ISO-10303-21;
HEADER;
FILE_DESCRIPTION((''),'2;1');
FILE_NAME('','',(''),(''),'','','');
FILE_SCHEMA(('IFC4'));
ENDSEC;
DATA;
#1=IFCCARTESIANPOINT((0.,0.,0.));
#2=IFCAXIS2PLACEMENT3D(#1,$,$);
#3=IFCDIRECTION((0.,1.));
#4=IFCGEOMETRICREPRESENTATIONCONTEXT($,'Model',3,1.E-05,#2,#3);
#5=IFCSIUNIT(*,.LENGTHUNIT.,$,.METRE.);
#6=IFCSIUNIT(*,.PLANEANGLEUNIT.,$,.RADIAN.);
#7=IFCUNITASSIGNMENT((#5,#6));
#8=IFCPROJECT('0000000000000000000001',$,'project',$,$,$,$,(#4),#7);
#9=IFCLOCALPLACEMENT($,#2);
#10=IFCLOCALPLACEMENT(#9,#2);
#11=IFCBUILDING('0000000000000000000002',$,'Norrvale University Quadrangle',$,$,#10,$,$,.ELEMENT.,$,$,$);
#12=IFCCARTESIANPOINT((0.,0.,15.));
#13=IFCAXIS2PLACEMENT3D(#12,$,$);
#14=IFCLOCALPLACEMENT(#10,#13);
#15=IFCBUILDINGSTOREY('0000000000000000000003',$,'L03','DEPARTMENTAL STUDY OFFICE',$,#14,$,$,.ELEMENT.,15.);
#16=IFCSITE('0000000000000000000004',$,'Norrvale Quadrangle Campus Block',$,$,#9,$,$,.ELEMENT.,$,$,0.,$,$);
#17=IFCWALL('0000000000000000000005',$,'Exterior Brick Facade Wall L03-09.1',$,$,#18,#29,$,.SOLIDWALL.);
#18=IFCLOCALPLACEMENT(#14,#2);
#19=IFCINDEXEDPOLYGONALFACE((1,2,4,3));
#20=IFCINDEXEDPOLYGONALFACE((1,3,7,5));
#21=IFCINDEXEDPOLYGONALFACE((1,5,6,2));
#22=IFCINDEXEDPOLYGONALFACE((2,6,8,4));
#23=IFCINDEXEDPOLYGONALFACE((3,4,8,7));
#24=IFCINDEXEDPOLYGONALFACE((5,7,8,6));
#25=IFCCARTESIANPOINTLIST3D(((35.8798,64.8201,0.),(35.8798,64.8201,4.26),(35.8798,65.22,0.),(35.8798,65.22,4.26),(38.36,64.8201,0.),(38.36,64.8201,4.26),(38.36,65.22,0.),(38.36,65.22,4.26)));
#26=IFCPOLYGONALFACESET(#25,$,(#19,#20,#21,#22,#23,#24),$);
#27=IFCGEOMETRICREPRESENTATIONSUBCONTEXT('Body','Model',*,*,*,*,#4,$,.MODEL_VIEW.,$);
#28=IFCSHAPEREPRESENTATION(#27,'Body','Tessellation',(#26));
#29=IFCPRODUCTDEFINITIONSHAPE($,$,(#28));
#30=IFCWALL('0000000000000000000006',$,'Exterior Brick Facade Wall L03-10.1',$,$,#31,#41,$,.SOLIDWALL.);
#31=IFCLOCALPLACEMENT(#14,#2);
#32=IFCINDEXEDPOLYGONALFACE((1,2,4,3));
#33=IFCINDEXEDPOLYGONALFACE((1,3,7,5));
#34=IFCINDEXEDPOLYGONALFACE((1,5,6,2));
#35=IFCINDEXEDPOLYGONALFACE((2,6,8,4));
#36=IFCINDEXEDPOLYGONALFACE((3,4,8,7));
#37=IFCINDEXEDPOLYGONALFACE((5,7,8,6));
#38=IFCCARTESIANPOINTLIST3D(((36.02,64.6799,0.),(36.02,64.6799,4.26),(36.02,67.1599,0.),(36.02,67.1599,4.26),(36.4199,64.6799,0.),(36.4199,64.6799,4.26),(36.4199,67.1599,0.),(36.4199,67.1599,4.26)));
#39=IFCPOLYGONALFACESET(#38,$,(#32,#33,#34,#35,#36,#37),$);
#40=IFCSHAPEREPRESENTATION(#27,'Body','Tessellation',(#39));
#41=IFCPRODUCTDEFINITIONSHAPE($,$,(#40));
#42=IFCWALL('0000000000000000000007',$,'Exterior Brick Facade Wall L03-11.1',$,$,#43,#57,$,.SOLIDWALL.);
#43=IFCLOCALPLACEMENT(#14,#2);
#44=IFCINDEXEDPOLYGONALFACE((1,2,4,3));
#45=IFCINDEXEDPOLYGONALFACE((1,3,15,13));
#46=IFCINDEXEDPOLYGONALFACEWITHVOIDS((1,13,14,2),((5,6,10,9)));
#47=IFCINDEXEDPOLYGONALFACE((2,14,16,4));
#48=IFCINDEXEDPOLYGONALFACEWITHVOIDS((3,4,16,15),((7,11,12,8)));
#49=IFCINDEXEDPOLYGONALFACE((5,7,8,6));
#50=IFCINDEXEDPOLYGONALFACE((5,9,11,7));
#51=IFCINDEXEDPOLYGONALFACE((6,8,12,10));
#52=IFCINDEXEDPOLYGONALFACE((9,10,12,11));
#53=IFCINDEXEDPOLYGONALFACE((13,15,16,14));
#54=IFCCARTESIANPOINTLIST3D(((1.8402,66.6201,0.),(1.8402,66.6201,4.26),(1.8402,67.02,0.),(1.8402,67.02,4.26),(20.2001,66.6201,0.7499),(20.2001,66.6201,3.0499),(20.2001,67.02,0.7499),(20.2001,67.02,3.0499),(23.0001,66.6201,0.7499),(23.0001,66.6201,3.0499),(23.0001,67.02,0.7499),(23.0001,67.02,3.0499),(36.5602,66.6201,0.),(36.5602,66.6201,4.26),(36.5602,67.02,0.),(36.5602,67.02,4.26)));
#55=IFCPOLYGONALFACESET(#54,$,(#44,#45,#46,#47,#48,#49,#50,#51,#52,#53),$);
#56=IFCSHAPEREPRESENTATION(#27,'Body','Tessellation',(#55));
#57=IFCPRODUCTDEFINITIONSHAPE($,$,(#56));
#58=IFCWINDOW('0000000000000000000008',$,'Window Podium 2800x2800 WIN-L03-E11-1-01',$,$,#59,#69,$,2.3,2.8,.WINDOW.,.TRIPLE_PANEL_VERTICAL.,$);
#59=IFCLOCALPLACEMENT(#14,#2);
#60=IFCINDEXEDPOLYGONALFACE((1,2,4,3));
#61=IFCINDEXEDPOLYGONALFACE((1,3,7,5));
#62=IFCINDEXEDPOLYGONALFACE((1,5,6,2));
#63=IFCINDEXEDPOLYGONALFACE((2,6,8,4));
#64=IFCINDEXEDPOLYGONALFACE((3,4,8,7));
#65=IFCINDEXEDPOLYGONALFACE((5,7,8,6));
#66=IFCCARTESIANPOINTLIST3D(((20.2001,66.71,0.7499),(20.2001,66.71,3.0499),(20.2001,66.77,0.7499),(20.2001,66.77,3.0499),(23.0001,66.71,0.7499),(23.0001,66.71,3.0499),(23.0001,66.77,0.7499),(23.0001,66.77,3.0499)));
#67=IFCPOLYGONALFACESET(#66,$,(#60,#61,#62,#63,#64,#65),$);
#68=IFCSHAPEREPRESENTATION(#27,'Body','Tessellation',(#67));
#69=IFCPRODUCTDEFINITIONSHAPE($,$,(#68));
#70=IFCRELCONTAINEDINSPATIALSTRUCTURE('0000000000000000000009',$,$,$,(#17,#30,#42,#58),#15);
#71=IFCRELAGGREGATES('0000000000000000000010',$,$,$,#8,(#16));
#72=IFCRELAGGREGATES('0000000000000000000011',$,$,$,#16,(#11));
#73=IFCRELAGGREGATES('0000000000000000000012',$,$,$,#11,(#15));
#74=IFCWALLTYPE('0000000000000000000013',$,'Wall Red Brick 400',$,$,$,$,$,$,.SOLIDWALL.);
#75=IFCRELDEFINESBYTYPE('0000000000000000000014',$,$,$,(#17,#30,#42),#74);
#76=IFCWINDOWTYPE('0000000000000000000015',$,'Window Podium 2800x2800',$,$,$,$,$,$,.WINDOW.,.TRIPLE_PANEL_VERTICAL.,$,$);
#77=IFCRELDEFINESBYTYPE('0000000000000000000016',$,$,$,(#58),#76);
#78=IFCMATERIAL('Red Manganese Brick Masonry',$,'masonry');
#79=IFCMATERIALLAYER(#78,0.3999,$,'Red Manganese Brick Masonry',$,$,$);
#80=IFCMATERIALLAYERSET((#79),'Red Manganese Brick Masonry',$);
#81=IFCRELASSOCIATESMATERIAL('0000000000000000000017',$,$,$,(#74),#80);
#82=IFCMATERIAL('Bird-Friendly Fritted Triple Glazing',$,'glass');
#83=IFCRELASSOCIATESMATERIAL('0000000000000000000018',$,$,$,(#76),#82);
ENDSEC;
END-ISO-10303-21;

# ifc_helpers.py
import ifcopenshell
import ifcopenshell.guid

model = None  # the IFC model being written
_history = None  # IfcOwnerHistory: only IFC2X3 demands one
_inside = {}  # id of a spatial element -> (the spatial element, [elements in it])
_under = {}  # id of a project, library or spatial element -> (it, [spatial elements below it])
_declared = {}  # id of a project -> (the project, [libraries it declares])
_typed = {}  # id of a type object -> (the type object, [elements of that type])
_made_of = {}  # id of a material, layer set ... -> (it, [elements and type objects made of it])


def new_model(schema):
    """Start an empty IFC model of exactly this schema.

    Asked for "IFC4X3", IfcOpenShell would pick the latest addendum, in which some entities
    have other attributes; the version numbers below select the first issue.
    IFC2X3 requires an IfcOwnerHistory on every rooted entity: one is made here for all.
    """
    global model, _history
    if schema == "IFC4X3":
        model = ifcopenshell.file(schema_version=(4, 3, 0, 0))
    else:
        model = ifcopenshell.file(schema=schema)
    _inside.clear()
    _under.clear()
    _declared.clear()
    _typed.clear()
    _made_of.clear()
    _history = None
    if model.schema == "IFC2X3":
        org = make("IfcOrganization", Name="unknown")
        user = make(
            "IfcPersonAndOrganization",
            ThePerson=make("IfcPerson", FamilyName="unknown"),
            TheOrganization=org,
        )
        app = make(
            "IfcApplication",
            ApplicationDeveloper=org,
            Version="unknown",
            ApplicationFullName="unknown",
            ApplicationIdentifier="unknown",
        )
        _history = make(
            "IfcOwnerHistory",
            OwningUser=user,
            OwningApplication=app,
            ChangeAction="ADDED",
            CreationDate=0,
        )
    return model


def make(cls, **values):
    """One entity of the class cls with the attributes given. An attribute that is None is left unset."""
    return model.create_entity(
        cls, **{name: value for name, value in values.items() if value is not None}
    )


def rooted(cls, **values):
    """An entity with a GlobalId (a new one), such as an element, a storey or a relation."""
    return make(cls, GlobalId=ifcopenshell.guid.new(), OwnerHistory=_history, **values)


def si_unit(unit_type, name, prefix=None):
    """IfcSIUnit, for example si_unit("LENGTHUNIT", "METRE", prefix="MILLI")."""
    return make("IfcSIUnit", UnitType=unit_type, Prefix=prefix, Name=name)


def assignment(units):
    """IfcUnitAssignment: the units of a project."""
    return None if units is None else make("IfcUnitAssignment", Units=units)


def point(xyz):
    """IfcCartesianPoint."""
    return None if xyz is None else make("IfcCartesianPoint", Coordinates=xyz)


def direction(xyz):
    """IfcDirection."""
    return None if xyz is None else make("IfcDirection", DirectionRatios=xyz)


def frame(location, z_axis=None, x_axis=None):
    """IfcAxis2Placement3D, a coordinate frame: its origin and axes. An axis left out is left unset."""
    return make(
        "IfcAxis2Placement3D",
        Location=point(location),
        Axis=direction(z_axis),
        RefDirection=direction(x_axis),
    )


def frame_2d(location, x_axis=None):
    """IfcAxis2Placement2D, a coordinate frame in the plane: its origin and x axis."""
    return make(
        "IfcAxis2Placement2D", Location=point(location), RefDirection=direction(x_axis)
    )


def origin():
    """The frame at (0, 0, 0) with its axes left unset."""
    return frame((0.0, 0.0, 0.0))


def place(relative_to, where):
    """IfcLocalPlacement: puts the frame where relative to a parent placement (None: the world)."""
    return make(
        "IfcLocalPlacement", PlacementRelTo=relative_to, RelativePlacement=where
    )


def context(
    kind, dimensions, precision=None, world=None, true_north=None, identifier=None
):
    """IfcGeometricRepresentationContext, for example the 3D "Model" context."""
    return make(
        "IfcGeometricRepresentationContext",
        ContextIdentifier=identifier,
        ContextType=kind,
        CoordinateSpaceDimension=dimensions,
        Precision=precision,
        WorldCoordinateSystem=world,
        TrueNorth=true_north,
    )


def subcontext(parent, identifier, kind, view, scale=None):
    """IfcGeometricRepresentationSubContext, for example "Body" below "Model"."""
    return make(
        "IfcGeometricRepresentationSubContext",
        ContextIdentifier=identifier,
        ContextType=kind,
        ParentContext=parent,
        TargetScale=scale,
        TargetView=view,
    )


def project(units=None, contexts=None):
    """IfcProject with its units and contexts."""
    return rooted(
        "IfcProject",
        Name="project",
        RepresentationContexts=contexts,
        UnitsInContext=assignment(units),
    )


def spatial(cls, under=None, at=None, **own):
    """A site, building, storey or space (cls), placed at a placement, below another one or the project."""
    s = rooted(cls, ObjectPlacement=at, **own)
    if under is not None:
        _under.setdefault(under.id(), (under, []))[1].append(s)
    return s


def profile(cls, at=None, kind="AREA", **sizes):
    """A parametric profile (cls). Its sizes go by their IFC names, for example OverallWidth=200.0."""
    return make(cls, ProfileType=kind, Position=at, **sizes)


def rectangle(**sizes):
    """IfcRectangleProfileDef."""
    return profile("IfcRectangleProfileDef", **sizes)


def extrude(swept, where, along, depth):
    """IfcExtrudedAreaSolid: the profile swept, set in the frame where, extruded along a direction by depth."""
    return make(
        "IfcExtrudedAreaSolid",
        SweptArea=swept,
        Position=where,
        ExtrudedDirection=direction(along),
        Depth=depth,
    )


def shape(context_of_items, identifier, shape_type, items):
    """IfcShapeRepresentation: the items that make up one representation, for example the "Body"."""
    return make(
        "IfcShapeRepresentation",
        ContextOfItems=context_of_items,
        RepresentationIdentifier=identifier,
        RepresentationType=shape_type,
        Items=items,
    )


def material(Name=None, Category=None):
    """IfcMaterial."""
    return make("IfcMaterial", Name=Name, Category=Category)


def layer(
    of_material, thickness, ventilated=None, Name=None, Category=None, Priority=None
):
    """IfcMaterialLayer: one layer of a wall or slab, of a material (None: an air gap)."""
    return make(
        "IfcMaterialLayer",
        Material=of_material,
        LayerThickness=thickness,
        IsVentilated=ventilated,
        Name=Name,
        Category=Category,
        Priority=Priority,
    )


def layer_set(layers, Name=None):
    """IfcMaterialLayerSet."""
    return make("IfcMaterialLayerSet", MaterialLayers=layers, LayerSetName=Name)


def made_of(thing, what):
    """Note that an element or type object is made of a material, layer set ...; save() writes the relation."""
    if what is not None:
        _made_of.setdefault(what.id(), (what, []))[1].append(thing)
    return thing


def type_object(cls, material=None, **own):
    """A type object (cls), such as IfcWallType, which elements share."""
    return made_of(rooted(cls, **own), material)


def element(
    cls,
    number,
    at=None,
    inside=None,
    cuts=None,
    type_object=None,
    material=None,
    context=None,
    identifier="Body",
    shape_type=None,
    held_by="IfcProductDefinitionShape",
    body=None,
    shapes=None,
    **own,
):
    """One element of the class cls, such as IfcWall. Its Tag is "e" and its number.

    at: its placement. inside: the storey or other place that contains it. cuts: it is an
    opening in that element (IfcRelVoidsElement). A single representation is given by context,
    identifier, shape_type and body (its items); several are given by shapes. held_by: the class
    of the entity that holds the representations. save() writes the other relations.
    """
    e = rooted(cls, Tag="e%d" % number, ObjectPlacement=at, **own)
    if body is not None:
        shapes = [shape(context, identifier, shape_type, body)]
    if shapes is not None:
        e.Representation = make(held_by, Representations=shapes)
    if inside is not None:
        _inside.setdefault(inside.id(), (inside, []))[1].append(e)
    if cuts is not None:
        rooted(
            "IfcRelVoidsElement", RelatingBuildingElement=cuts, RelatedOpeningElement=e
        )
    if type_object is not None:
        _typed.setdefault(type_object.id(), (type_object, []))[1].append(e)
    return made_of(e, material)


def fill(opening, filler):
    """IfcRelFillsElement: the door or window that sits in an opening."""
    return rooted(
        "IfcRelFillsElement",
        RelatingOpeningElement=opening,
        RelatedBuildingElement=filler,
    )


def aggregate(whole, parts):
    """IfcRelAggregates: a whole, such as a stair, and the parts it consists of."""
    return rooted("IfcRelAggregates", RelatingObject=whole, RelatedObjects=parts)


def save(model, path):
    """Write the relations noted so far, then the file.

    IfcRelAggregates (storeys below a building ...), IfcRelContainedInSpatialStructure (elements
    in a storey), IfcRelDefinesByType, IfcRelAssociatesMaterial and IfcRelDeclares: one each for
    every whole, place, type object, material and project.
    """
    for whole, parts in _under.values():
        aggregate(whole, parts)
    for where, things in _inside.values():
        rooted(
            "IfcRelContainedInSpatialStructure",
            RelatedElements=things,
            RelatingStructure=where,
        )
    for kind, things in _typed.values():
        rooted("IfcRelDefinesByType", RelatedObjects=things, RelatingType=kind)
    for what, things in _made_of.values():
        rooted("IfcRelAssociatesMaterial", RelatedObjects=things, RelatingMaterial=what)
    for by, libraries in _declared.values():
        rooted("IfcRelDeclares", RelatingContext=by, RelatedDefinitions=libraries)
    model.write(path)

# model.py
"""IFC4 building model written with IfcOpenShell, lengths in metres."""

from ifc_helpers import new_model, si_unit, direction, frame, frame_2d, origin, place, context, subcontext, project, spatial, rectangle, extrude, material, layer, layer_set, type_object, element, fill, save


model = new_model("IFC4")

# Units and contexts
model_context = context("Model", 3, precision=1e-05, world=origin(), true_north=direction((0.0, 1.0)))
body_context = subcontext(model_context, "Body", "Model", "MODEL_VIEW")
ifc_project = project(units=[si_unit("LENGTHUNIT", "METRE"), si_unit("PLANEANGLEUNIT", "RADIAN")], contexts=[model_context])

# Site, building, storey
site_placement = place(None, origin())
site = spatial("IfcSite", under=ifc_project, at=site_placement, Name="Norrvale Quadrangle Campus Block", CompositionType="ELEMENT", RefElevation=0.0)
building_placement = place(site_placement, origin())
building = spatial("IfcBuilding", under=site, at=building_placement, Name="Norrvale University Quadrangle", CompositionType="ELEMENT")
storey_placement = place(building_placement, frame((0.0, 0.0, 15.0)))
storey = spatial("IfcBuildingStorey", under=building, at=storey_placement, Name="L03", Description="DEPARTMENTAL STUDY OFFICE", CompositionType="ELEMENT", Elevation=15.0)

# Walls
ifc_material_1 = material(Name="Red Manganese Brick Masonry", Category="masonry")
ifc_layer = layer(ifc_material_1, 0.3999, Name="Red Manganese Brick Masonry")
ifc_layer_set = layer_set([ifc_layer], Name="Red Manganese Brick Masonry")
wall_type = type_object("IfcWallType", Name="Wall Red Brick 400", PredefinedType="SOLIDWALL", material=ifc_layer_set)
wall_1_placement = place(storey_placement, frame((38.3601, 65.02, 0.0), z_axis=(0.0, 0.0, 1.0), x_axis=(-1.0, 0.0, 0.0)))
element("IfcWall", 1, at=wall_1_placement, inside=storey, type_object=wall_type, Name="Exterior Brick Facade Wall L03-09.1", PredefinedType="SOLIDWALL", context=body_context, shape_type="SweptSolid", body=[
    extrude(rectangle(XDim=2.4802, YDim=0.3999, at=frame_2d((1.2402, 0.0))), origin(), (0.0, 0.0, 1.0), 4.26),
])
wall_2_placement = place(storey_placement, frame((36.22, 64.6799, 0.0), z_axis=(0.0, 0.0, 1.0), x_axis=(0.0, 1.0, 0.0)))
element("IfcWall", 2, at=wall_2_placement, inside=storey, type_object=wall_type, Name="Exterior Brick Facade Wall L03-10.1", PredefinedType="SOLIDWALL", context=body_context, shape_type="SweptSolid", body=[
    extrude(rectangle(XDim=2.48, YDim=0.3999, at=frame_2d((1.24, 0.0))), origin(), (0.0, 0.0, 1.0), 4.26),
])

# Wall, opening, window
wall_3_placement = place(storey_placement, frame((36.5601, 66.8201, 0.0), z_axis=(0.0, 0.0, 1.0), x_axis=(-1.0, 0.0, 0.0)))
wall_3 = element("IfcWall", 3, at=wall_3_placement, inside=storey, type_object=wall_type, Name="Exterior Brick Facade Wall L03-11.1", PredefinedType="SOLIDWALL", context=body_context, shape_type="SweptSolid", body=[
    extrude(rectangle(XDim=34.72, YDim=0.3999, at=frame_2d((17.3599, 0.0))), origin(), (0.0, 0.0, 1.0), 4.26),
])
opening_placement = place(wall_3_placement, frame((13.5601, 0.0, 0.75)))
opening = element("IfcOpeningElement", 4, at=opening_placement, cuts=wall_3, PredefinedType="OPENING", context=body_context, shape_type="SweptSolid", body=[
    extrude(rectangle(XDim=2.8, YDim=2.3, at=frame_2d((1.3999, 1.1499))), frame((0.0, 0.2119, 0.0), z_axis=(0.0, -1.0, 0.0), x_axis=(1.0, 0.0, 0.0)), (0.0, 0.0, 1.0), 0.4238),
])
ifc_material_2 = material(Name="Bird-Friendly Fritted Triple Glazing", Category="glass")
window_type = type_object("IfcWindowType", Name="Window Podium 2800x2800", PartitioningType="TRIPLE_PANEL_VERTICAL", PredefinedType="WINDOW", material=ifc_material_2)
window_placement = place(opening_placement, origin())
window = element("IfcWindow", 5, at=window_placement, inside=storey, type_object=window_type, Name="Window Podium 2800x2800 WIN-L03-E11-1-01", OverallHeight=2.3, OverallWidth=2.8, PartitioningType="TRIPLE_PANEL_VERTICAL", PredefinedType="WINDOW", context=body_context, shape_type="SweptSolid", body=[
    extrude(rectangle(XDim=2.8, YDim=2.3, at=frame_2d((1.3999, 1.1499))), frame((0.0, 0.1101, 0.0), z_axis=(0.0, -1.0, 0.0), x_axis=(1.0, 0.0, 0.0)), (0.0, 0.0, 1.0), 0.0601),
])
fill(opening, window)

save(model, "model.ifc")
